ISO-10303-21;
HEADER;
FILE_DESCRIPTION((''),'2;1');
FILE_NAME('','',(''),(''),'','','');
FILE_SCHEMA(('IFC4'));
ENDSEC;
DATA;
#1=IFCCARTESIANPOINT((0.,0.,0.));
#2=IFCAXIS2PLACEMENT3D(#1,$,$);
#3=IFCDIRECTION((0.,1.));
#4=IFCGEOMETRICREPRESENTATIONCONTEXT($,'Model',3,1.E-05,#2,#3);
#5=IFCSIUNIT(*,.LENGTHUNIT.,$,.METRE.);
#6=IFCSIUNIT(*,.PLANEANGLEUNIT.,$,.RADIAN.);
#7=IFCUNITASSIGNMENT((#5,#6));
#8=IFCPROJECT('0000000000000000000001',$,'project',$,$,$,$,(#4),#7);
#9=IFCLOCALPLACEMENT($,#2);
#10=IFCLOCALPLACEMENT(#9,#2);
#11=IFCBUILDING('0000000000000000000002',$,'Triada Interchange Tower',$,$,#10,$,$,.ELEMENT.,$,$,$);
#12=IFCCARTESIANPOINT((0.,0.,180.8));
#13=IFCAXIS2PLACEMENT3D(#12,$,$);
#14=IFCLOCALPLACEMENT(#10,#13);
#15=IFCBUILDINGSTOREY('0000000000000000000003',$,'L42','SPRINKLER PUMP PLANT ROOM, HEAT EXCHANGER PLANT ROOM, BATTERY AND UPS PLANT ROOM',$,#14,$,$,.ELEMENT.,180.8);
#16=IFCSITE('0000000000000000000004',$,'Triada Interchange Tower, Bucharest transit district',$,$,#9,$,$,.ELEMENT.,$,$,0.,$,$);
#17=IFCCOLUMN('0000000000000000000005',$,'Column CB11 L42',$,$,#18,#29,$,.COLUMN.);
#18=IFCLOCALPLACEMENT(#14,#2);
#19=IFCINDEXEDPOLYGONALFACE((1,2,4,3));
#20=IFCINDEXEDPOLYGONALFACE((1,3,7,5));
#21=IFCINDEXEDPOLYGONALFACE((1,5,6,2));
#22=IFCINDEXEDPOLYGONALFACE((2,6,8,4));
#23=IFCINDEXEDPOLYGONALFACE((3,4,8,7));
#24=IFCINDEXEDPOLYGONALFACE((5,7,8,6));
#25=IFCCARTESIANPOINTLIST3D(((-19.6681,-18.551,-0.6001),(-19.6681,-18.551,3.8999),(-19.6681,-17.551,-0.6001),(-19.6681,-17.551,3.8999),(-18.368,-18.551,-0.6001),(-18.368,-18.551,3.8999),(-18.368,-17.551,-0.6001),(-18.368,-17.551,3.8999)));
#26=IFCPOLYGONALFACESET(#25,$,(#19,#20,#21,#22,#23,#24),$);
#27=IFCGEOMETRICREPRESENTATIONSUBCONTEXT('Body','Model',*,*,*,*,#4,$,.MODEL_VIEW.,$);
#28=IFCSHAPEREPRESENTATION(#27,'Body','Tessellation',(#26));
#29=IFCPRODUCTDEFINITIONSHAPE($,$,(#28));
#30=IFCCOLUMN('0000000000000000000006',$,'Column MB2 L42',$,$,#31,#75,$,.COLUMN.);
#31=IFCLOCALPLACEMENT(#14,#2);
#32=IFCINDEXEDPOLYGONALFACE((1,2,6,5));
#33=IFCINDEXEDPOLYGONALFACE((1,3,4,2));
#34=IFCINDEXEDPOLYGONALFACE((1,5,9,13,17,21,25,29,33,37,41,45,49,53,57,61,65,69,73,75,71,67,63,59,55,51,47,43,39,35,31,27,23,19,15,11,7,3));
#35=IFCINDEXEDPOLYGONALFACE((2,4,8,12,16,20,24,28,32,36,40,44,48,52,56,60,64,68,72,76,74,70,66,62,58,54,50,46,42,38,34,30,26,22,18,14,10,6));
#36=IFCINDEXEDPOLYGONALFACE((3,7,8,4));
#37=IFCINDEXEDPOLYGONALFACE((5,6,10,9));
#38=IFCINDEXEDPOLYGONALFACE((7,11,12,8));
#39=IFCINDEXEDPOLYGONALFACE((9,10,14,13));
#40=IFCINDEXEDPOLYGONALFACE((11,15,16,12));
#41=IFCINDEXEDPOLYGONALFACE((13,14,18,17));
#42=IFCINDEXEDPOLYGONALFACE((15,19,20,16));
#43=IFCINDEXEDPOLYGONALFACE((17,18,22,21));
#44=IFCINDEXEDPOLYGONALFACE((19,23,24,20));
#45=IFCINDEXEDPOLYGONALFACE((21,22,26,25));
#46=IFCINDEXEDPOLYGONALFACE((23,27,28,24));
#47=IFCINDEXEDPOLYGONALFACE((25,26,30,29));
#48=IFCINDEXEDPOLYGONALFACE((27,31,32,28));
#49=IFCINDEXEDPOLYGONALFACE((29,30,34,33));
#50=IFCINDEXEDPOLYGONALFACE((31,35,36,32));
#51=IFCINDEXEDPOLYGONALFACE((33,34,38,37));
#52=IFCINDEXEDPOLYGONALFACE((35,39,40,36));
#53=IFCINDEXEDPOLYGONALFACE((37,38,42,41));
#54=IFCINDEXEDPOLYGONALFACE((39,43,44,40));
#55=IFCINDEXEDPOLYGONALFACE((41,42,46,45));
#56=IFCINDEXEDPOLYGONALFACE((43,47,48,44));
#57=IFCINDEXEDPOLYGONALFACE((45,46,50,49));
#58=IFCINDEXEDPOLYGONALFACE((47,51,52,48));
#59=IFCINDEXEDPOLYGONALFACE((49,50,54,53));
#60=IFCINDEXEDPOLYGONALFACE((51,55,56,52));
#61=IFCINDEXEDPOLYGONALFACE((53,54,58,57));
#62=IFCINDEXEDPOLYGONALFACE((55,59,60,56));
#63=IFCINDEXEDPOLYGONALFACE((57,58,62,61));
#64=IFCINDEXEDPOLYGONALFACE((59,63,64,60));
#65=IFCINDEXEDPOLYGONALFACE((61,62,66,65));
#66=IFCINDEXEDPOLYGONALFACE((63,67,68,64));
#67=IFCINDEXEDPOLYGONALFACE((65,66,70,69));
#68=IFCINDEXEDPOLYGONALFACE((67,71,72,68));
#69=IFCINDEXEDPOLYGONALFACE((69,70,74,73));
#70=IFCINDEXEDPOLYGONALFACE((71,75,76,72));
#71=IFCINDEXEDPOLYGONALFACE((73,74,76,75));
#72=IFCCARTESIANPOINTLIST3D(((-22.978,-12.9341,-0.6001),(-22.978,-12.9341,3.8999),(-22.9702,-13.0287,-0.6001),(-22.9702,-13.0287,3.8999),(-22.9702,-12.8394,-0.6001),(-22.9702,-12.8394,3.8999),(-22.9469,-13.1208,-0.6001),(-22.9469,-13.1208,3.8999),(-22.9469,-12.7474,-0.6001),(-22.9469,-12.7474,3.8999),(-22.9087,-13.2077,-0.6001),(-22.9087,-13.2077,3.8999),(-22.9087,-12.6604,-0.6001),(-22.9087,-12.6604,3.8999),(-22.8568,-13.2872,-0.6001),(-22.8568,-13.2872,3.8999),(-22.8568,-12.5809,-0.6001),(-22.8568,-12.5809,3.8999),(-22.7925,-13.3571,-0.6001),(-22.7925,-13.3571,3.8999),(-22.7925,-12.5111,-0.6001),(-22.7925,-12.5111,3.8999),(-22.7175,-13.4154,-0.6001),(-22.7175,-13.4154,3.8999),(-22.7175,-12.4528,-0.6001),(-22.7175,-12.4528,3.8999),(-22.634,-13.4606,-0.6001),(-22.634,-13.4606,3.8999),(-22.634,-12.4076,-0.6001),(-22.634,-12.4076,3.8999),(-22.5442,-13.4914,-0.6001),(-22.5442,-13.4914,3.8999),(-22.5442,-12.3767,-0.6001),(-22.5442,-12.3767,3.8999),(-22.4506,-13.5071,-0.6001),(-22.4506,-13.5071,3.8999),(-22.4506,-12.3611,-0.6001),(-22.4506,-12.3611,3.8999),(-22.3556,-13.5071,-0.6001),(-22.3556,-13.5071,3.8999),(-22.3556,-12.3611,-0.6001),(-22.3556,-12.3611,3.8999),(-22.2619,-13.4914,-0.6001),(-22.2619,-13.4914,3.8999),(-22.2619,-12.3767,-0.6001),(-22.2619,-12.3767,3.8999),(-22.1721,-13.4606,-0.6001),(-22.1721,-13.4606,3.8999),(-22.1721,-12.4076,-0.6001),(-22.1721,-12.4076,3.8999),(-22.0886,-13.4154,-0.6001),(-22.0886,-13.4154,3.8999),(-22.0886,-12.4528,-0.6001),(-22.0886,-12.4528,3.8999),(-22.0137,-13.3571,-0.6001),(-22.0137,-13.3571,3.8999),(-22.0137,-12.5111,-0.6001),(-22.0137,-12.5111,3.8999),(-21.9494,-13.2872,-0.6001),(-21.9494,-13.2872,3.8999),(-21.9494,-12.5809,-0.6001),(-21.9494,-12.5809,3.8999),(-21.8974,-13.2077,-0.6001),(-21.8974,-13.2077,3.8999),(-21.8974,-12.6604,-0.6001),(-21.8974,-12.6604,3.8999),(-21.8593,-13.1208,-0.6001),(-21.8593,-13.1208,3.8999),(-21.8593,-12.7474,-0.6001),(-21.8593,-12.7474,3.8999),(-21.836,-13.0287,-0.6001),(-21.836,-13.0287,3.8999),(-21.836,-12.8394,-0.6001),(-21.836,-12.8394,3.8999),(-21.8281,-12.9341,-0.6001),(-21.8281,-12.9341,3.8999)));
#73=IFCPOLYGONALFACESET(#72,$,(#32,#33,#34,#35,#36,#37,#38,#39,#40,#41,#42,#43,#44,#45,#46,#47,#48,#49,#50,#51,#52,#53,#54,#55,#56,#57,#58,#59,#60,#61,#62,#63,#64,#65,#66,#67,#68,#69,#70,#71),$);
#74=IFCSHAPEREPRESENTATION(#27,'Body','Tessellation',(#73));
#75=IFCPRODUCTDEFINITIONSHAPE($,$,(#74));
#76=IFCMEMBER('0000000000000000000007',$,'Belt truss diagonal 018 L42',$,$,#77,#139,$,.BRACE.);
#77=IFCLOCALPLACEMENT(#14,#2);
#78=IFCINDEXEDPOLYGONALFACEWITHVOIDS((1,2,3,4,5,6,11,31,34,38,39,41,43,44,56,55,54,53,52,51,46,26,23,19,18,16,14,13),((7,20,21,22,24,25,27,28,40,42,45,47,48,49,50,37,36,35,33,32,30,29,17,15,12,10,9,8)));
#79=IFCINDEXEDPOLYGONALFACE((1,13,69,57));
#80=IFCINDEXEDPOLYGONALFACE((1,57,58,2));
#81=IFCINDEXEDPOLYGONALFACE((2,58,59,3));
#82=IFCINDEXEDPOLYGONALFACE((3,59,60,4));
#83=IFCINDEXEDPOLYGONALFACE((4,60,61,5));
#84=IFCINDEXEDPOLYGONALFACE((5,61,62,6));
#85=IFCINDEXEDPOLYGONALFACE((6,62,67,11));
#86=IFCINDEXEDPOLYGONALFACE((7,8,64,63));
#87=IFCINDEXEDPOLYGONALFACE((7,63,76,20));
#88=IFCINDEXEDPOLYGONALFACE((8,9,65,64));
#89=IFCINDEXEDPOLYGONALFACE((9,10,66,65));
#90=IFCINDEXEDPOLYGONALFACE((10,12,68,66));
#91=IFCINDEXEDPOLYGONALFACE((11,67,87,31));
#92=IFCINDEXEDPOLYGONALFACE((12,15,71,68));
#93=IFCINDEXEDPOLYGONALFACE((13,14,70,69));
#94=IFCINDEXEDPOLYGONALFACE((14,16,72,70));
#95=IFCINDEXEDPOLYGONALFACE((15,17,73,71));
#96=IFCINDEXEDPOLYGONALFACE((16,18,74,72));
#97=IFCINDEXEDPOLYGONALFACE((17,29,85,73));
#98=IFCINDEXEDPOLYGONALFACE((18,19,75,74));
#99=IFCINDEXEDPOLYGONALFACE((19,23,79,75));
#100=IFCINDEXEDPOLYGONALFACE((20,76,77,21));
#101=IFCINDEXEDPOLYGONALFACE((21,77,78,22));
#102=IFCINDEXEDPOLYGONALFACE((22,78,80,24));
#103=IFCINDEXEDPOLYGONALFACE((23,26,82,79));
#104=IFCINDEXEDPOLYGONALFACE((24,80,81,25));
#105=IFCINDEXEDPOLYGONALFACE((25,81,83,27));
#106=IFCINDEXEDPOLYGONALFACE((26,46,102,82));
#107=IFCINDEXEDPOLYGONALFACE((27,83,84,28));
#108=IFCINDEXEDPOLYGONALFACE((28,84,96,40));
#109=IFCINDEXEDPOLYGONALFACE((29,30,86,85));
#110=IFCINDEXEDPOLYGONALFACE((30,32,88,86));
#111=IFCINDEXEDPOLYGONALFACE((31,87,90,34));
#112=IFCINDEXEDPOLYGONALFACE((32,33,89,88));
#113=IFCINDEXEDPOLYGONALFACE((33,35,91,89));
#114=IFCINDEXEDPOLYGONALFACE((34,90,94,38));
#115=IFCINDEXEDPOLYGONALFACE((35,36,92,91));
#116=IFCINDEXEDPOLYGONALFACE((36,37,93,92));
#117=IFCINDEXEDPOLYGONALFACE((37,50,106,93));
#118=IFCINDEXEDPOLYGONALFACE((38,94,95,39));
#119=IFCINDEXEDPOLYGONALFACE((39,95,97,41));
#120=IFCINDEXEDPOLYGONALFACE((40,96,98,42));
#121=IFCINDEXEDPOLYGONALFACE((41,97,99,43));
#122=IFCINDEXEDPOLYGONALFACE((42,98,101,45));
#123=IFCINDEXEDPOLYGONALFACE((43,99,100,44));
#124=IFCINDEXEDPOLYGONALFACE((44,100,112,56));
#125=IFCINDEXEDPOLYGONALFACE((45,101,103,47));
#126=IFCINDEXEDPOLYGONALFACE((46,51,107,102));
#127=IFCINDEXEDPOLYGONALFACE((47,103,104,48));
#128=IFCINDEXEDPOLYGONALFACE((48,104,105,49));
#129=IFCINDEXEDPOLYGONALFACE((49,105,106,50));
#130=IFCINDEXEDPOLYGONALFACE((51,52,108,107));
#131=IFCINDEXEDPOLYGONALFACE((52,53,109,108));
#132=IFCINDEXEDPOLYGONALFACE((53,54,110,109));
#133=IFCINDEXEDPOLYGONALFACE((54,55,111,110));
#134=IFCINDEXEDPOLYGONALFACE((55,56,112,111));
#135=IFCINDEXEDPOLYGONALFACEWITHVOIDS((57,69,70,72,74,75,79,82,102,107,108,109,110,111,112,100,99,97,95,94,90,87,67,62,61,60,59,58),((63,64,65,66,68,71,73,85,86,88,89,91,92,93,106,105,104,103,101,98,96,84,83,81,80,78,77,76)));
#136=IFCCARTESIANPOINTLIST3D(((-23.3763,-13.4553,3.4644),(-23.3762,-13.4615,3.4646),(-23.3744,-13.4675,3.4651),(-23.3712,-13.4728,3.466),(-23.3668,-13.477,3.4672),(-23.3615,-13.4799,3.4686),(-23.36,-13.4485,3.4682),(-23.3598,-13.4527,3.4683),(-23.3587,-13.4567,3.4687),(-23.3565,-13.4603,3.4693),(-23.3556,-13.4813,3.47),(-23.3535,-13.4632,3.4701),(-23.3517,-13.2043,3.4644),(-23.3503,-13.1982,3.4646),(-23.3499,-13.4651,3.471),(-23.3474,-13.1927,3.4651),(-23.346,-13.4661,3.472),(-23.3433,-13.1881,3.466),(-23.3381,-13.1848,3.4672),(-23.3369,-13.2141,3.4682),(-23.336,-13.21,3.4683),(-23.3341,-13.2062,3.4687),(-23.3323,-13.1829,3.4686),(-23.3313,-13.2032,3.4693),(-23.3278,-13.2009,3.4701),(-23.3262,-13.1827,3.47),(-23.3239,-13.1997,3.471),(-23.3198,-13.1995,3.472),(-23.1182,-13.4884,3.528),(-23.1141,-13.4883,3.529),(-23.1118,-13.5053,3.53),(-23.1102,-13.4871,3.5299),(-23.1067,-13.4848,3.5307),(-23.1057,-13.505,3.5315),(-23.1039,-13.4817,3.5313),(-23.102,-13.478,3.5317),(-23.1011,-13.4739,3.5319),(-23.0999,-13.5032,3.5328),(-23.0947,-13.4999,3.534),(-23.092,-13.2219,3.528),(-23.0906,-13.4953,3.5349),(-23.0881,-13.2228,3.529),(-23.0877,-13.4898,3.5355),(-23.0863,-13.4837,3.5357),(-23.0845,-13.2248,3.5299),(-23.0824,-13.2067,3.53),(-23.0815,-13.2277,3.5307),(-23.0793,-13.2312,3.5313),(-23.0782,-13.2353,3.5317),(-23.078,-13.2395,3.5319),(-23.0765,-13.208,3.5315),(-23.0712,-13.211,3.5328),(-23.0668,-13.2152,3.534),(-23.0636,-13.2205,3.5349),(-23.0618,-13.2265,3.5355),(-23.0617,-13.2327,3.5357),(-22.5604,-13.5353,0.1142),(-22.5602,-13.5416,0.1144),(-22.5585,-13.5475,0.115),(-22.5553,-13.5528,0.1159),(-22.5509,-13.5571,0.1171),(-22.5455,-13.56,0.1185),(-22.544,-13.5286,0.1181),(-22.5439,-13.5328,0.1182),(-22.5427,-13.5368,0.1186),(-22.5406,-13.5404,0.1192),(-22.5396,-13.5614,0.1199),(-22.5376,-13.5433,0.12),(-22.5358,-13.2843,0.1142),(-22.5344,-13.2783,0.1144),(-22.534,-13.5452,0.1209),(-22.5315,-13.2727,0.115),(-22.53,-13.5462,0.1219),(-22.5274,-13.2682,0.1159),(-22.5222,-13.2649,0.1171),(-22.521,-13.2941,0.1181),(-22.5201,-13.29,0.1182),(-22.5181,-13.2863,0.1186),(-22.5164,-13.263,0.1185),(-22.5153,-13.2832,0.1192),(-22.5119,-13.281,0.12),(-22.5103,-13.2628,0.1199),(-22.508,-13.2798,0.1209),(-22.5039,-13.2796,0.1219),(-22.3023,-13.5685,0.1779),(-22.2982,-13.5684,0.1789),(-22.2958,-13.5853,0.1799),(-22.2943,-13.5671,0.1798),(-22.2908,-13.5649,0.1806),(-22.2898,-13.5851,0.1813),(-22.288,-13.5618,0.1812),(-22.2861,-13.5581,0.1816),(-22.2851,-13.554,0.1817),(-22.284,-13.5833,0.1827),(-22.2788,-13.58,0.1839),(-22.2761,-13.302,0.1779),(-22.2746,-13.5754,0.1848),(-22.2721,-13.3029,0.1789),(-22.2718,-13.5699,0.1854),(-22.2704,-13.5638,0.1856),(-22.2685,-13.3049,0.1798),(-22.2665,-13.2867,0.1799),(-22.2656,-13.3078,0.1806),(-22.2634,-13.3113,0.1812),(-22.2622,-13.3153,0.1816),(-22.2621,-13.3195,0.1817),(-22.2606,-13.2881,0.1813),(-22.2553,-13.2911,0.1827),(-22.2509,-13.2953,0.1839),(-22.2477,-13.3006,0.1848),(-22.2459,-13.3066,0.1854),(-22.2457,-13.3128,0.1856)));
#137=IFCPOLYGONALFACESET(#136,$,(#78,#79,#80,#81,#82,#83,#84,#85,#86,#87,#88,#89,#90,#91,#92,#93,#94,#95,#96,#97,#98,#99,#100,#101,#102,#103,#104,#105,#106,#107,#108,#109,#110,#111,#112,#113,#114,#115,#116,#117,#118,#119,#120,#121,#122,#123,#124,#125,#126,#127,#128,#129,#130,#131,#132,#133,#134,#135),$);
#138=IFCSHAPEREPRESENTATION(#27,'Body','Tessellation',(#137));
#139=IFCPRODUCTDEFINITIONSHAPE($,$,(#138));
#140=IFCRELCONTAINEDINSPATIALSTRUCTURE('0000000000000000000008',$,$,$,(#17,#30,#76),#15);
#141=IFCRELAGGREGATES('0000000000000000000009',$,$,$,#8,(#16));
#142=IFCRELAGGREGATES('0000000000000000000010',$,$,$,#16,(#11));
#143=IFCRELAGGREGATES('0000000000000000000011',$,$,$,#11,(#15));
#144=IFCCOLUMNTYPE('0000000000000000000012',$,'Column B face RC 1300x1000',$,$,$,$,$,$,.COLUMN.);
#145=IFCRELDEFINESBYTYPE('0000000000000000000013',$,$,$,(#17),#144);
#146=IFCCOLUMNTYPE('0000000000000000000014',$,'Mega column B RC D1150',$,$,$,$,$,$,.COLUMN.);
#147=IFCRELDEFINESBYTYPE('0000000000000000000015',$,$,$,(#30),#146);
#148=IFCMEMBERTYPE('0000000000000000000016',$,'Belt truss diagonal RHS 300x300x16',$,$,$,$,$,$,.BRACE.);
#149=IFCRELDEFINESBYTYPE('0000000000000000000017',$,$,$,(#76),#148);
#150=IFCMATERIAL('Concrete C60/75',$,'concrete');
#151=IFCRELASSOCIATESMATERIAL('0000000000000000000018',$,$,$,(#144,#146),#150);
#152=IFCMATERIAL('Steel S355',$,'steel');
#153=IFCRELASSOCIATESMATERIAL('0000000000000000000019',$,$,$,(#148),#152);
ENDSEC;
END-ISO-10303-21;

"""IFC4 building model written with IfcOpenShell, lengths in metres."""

from ifc_helpers import new_model, si_unit, direction, frame, origin, origin_2d, place, context, subcontext, project, spatial, rectangle, hollow_rectangle, circle, extrude, material, material_profile, profile_set, type_object, element, save


model = new_model("IFC4")

# Units and contexts
model_context = context("Model", 3, precision=1e-05, world=origin(), true_north=direction((0.0, 1.0)))
body_context = subcontext(model_context, "Body", "Model", "MODEL_VIEW")
ifc_project = project(units=[si_unit("LENGTHUNIT", "METRE"), si_unit("PLANEANGLEUNIT", "RADIAN")], contexts=[model_context])

# Site, building, storey
site_placement = place(None, origin())
site = spatial("IfcSite", under=ifc_project, at=site_placement, Name="Triada Interchange Tower, Bucharest transit district", CompositionType="ELEMENT", RefElevation=0.0)
building_placement = place(site_placement, origin())
building = spatial("IfcBuilding", under=site, at=building_placement, Name="Triada Interchange Tower", CompositionType="ELEMENT")
storey_placement = place(building_placement, frame((0.0, 0.0, 180.8)))
storey = spatial("IfcBuildingStorey", under=building, at=storey_placement, Name="L42", Description="SPRINKLER PUMP PLANT ROOM, HEAT EXCHANGER PLANT ROOM, BATTERY AND UPS PLANT ROOM", CompositionType="ELEMENT", Elevation=180.8)

# Columns
ifc_material_1 = material(Name="Concrete C60/75", Category="concrete")
ifc_material_profile_1 = material_profile(ifc_material_1, rectangle(XDim=1.3, YDim=1.0, at=origin_2d()), Name="RC 1300x1000")
ifc_profile_set_1 = profile_set([ifc_material_profile_1], Name="Concrete C60/75")
column_type_1 = type_object("IfcColumnType", Name="Column B face RC 1300x1000", PredefinedType="COLUMN", material=ifc_profile_set_1)
column_1_placement = place(storey_placement, frame((-19.0181, -18.051, -0.6001), z_axis=(0.0, 0.0, 1.0), x_axis=(1.0, 0.0, 0.0)))
element("IfcColumn", 1, at=column_1_placement, inside=storey, type_object=column_type_1, Name="Column CB11 L42", PredefinedType="COLUMN", context=body_context, shape_type="SweptSolid", body=[
    extrude(rectangle(XDim=1.3, YDim=1.0, at=origin_2d()), origin(), (0.0, 0.0, 1.0), 4.5),
])
ifc_material_profile_2 = material_profile(ifc_material_1, circle(Radius=0.575, at=origin_2d()), Name="RC D1150")
ifc_profile_set_2 = profile_set([ifc_material_profile_2], Name="Concrete C60/75")
column_type_2 = type_object("IfcColumnType", Name="Mega column B RC D1150", PredefinedType="COLUMN", material=ifc_profile_set_2)
column_2_placement = place(storey_placement, frame((-22.4031, -12.9341, -0.6001), z_axis=(0.0, 0.0, 1.0), x_axis=(1.0, 0.0, 0.0)))
element("IfcColumn", 2, at=column_2_placement, inside=storey, type_object=column_type_2, Name="Column MB2 L42", PredefinedType="COLUMN", context=body_context, shape_type="SweptSolid", body=[
    extrude(circle(Radius=0.575, at=origin_2d()), origin(), (0.0, 0.0, 1.0), 4.5),
])

# Member
ifc_material_2 = material(Name="Steel S355", Category="steel")
ifc_material_profile_3 = material_profile(ifc_material_2, hollow_rectangle(XDim=0.3, YDim=0.3, WallThickness=0.0161, InnerFilletRadius=0.0161, OuterFilletRadius=0.0239, at=origin_2d()), Name="RHS 300x300x16")
ifc_profile_set_3 = profile_set([ifc_material_profile_3], Name="Steel S355")
member_type_1 = type_object("IfcMemberType", Name="Belt truss diagonal RHS 300x300x16", PredefinedType="BRACE", material=ifc_profile_set_3)
for number, where, z_axis, x_axis, name in (
    (3, (-22.4031, -13.4241, 0.1499), (-0.23657, 0.023218, 0.971337), (-0.097676, -0.995218, 0.0), "Belt truss diagonal 018 L42"),
):
    element("IfcMember", number, at=place(storey_placement, frame(where, z_axis=z_axis, x_axis=x_axis)), inside=storey, type_object=member_type_1, Name=name, PredefinedType="BRACE", context=body_context, shape_type="SweptSolid", body=[
        extrude(hollow_rectangle(XDim=0.3, YDim=0.3, WallThickness=0.0161, InnerFilletRadius=0.0161, OuterFilletRadius=0.0239, at=origin_2d()), origin(), (0.0, 0.0, 1.0), 3.449),
    ])

save(model, "model.ifc")
